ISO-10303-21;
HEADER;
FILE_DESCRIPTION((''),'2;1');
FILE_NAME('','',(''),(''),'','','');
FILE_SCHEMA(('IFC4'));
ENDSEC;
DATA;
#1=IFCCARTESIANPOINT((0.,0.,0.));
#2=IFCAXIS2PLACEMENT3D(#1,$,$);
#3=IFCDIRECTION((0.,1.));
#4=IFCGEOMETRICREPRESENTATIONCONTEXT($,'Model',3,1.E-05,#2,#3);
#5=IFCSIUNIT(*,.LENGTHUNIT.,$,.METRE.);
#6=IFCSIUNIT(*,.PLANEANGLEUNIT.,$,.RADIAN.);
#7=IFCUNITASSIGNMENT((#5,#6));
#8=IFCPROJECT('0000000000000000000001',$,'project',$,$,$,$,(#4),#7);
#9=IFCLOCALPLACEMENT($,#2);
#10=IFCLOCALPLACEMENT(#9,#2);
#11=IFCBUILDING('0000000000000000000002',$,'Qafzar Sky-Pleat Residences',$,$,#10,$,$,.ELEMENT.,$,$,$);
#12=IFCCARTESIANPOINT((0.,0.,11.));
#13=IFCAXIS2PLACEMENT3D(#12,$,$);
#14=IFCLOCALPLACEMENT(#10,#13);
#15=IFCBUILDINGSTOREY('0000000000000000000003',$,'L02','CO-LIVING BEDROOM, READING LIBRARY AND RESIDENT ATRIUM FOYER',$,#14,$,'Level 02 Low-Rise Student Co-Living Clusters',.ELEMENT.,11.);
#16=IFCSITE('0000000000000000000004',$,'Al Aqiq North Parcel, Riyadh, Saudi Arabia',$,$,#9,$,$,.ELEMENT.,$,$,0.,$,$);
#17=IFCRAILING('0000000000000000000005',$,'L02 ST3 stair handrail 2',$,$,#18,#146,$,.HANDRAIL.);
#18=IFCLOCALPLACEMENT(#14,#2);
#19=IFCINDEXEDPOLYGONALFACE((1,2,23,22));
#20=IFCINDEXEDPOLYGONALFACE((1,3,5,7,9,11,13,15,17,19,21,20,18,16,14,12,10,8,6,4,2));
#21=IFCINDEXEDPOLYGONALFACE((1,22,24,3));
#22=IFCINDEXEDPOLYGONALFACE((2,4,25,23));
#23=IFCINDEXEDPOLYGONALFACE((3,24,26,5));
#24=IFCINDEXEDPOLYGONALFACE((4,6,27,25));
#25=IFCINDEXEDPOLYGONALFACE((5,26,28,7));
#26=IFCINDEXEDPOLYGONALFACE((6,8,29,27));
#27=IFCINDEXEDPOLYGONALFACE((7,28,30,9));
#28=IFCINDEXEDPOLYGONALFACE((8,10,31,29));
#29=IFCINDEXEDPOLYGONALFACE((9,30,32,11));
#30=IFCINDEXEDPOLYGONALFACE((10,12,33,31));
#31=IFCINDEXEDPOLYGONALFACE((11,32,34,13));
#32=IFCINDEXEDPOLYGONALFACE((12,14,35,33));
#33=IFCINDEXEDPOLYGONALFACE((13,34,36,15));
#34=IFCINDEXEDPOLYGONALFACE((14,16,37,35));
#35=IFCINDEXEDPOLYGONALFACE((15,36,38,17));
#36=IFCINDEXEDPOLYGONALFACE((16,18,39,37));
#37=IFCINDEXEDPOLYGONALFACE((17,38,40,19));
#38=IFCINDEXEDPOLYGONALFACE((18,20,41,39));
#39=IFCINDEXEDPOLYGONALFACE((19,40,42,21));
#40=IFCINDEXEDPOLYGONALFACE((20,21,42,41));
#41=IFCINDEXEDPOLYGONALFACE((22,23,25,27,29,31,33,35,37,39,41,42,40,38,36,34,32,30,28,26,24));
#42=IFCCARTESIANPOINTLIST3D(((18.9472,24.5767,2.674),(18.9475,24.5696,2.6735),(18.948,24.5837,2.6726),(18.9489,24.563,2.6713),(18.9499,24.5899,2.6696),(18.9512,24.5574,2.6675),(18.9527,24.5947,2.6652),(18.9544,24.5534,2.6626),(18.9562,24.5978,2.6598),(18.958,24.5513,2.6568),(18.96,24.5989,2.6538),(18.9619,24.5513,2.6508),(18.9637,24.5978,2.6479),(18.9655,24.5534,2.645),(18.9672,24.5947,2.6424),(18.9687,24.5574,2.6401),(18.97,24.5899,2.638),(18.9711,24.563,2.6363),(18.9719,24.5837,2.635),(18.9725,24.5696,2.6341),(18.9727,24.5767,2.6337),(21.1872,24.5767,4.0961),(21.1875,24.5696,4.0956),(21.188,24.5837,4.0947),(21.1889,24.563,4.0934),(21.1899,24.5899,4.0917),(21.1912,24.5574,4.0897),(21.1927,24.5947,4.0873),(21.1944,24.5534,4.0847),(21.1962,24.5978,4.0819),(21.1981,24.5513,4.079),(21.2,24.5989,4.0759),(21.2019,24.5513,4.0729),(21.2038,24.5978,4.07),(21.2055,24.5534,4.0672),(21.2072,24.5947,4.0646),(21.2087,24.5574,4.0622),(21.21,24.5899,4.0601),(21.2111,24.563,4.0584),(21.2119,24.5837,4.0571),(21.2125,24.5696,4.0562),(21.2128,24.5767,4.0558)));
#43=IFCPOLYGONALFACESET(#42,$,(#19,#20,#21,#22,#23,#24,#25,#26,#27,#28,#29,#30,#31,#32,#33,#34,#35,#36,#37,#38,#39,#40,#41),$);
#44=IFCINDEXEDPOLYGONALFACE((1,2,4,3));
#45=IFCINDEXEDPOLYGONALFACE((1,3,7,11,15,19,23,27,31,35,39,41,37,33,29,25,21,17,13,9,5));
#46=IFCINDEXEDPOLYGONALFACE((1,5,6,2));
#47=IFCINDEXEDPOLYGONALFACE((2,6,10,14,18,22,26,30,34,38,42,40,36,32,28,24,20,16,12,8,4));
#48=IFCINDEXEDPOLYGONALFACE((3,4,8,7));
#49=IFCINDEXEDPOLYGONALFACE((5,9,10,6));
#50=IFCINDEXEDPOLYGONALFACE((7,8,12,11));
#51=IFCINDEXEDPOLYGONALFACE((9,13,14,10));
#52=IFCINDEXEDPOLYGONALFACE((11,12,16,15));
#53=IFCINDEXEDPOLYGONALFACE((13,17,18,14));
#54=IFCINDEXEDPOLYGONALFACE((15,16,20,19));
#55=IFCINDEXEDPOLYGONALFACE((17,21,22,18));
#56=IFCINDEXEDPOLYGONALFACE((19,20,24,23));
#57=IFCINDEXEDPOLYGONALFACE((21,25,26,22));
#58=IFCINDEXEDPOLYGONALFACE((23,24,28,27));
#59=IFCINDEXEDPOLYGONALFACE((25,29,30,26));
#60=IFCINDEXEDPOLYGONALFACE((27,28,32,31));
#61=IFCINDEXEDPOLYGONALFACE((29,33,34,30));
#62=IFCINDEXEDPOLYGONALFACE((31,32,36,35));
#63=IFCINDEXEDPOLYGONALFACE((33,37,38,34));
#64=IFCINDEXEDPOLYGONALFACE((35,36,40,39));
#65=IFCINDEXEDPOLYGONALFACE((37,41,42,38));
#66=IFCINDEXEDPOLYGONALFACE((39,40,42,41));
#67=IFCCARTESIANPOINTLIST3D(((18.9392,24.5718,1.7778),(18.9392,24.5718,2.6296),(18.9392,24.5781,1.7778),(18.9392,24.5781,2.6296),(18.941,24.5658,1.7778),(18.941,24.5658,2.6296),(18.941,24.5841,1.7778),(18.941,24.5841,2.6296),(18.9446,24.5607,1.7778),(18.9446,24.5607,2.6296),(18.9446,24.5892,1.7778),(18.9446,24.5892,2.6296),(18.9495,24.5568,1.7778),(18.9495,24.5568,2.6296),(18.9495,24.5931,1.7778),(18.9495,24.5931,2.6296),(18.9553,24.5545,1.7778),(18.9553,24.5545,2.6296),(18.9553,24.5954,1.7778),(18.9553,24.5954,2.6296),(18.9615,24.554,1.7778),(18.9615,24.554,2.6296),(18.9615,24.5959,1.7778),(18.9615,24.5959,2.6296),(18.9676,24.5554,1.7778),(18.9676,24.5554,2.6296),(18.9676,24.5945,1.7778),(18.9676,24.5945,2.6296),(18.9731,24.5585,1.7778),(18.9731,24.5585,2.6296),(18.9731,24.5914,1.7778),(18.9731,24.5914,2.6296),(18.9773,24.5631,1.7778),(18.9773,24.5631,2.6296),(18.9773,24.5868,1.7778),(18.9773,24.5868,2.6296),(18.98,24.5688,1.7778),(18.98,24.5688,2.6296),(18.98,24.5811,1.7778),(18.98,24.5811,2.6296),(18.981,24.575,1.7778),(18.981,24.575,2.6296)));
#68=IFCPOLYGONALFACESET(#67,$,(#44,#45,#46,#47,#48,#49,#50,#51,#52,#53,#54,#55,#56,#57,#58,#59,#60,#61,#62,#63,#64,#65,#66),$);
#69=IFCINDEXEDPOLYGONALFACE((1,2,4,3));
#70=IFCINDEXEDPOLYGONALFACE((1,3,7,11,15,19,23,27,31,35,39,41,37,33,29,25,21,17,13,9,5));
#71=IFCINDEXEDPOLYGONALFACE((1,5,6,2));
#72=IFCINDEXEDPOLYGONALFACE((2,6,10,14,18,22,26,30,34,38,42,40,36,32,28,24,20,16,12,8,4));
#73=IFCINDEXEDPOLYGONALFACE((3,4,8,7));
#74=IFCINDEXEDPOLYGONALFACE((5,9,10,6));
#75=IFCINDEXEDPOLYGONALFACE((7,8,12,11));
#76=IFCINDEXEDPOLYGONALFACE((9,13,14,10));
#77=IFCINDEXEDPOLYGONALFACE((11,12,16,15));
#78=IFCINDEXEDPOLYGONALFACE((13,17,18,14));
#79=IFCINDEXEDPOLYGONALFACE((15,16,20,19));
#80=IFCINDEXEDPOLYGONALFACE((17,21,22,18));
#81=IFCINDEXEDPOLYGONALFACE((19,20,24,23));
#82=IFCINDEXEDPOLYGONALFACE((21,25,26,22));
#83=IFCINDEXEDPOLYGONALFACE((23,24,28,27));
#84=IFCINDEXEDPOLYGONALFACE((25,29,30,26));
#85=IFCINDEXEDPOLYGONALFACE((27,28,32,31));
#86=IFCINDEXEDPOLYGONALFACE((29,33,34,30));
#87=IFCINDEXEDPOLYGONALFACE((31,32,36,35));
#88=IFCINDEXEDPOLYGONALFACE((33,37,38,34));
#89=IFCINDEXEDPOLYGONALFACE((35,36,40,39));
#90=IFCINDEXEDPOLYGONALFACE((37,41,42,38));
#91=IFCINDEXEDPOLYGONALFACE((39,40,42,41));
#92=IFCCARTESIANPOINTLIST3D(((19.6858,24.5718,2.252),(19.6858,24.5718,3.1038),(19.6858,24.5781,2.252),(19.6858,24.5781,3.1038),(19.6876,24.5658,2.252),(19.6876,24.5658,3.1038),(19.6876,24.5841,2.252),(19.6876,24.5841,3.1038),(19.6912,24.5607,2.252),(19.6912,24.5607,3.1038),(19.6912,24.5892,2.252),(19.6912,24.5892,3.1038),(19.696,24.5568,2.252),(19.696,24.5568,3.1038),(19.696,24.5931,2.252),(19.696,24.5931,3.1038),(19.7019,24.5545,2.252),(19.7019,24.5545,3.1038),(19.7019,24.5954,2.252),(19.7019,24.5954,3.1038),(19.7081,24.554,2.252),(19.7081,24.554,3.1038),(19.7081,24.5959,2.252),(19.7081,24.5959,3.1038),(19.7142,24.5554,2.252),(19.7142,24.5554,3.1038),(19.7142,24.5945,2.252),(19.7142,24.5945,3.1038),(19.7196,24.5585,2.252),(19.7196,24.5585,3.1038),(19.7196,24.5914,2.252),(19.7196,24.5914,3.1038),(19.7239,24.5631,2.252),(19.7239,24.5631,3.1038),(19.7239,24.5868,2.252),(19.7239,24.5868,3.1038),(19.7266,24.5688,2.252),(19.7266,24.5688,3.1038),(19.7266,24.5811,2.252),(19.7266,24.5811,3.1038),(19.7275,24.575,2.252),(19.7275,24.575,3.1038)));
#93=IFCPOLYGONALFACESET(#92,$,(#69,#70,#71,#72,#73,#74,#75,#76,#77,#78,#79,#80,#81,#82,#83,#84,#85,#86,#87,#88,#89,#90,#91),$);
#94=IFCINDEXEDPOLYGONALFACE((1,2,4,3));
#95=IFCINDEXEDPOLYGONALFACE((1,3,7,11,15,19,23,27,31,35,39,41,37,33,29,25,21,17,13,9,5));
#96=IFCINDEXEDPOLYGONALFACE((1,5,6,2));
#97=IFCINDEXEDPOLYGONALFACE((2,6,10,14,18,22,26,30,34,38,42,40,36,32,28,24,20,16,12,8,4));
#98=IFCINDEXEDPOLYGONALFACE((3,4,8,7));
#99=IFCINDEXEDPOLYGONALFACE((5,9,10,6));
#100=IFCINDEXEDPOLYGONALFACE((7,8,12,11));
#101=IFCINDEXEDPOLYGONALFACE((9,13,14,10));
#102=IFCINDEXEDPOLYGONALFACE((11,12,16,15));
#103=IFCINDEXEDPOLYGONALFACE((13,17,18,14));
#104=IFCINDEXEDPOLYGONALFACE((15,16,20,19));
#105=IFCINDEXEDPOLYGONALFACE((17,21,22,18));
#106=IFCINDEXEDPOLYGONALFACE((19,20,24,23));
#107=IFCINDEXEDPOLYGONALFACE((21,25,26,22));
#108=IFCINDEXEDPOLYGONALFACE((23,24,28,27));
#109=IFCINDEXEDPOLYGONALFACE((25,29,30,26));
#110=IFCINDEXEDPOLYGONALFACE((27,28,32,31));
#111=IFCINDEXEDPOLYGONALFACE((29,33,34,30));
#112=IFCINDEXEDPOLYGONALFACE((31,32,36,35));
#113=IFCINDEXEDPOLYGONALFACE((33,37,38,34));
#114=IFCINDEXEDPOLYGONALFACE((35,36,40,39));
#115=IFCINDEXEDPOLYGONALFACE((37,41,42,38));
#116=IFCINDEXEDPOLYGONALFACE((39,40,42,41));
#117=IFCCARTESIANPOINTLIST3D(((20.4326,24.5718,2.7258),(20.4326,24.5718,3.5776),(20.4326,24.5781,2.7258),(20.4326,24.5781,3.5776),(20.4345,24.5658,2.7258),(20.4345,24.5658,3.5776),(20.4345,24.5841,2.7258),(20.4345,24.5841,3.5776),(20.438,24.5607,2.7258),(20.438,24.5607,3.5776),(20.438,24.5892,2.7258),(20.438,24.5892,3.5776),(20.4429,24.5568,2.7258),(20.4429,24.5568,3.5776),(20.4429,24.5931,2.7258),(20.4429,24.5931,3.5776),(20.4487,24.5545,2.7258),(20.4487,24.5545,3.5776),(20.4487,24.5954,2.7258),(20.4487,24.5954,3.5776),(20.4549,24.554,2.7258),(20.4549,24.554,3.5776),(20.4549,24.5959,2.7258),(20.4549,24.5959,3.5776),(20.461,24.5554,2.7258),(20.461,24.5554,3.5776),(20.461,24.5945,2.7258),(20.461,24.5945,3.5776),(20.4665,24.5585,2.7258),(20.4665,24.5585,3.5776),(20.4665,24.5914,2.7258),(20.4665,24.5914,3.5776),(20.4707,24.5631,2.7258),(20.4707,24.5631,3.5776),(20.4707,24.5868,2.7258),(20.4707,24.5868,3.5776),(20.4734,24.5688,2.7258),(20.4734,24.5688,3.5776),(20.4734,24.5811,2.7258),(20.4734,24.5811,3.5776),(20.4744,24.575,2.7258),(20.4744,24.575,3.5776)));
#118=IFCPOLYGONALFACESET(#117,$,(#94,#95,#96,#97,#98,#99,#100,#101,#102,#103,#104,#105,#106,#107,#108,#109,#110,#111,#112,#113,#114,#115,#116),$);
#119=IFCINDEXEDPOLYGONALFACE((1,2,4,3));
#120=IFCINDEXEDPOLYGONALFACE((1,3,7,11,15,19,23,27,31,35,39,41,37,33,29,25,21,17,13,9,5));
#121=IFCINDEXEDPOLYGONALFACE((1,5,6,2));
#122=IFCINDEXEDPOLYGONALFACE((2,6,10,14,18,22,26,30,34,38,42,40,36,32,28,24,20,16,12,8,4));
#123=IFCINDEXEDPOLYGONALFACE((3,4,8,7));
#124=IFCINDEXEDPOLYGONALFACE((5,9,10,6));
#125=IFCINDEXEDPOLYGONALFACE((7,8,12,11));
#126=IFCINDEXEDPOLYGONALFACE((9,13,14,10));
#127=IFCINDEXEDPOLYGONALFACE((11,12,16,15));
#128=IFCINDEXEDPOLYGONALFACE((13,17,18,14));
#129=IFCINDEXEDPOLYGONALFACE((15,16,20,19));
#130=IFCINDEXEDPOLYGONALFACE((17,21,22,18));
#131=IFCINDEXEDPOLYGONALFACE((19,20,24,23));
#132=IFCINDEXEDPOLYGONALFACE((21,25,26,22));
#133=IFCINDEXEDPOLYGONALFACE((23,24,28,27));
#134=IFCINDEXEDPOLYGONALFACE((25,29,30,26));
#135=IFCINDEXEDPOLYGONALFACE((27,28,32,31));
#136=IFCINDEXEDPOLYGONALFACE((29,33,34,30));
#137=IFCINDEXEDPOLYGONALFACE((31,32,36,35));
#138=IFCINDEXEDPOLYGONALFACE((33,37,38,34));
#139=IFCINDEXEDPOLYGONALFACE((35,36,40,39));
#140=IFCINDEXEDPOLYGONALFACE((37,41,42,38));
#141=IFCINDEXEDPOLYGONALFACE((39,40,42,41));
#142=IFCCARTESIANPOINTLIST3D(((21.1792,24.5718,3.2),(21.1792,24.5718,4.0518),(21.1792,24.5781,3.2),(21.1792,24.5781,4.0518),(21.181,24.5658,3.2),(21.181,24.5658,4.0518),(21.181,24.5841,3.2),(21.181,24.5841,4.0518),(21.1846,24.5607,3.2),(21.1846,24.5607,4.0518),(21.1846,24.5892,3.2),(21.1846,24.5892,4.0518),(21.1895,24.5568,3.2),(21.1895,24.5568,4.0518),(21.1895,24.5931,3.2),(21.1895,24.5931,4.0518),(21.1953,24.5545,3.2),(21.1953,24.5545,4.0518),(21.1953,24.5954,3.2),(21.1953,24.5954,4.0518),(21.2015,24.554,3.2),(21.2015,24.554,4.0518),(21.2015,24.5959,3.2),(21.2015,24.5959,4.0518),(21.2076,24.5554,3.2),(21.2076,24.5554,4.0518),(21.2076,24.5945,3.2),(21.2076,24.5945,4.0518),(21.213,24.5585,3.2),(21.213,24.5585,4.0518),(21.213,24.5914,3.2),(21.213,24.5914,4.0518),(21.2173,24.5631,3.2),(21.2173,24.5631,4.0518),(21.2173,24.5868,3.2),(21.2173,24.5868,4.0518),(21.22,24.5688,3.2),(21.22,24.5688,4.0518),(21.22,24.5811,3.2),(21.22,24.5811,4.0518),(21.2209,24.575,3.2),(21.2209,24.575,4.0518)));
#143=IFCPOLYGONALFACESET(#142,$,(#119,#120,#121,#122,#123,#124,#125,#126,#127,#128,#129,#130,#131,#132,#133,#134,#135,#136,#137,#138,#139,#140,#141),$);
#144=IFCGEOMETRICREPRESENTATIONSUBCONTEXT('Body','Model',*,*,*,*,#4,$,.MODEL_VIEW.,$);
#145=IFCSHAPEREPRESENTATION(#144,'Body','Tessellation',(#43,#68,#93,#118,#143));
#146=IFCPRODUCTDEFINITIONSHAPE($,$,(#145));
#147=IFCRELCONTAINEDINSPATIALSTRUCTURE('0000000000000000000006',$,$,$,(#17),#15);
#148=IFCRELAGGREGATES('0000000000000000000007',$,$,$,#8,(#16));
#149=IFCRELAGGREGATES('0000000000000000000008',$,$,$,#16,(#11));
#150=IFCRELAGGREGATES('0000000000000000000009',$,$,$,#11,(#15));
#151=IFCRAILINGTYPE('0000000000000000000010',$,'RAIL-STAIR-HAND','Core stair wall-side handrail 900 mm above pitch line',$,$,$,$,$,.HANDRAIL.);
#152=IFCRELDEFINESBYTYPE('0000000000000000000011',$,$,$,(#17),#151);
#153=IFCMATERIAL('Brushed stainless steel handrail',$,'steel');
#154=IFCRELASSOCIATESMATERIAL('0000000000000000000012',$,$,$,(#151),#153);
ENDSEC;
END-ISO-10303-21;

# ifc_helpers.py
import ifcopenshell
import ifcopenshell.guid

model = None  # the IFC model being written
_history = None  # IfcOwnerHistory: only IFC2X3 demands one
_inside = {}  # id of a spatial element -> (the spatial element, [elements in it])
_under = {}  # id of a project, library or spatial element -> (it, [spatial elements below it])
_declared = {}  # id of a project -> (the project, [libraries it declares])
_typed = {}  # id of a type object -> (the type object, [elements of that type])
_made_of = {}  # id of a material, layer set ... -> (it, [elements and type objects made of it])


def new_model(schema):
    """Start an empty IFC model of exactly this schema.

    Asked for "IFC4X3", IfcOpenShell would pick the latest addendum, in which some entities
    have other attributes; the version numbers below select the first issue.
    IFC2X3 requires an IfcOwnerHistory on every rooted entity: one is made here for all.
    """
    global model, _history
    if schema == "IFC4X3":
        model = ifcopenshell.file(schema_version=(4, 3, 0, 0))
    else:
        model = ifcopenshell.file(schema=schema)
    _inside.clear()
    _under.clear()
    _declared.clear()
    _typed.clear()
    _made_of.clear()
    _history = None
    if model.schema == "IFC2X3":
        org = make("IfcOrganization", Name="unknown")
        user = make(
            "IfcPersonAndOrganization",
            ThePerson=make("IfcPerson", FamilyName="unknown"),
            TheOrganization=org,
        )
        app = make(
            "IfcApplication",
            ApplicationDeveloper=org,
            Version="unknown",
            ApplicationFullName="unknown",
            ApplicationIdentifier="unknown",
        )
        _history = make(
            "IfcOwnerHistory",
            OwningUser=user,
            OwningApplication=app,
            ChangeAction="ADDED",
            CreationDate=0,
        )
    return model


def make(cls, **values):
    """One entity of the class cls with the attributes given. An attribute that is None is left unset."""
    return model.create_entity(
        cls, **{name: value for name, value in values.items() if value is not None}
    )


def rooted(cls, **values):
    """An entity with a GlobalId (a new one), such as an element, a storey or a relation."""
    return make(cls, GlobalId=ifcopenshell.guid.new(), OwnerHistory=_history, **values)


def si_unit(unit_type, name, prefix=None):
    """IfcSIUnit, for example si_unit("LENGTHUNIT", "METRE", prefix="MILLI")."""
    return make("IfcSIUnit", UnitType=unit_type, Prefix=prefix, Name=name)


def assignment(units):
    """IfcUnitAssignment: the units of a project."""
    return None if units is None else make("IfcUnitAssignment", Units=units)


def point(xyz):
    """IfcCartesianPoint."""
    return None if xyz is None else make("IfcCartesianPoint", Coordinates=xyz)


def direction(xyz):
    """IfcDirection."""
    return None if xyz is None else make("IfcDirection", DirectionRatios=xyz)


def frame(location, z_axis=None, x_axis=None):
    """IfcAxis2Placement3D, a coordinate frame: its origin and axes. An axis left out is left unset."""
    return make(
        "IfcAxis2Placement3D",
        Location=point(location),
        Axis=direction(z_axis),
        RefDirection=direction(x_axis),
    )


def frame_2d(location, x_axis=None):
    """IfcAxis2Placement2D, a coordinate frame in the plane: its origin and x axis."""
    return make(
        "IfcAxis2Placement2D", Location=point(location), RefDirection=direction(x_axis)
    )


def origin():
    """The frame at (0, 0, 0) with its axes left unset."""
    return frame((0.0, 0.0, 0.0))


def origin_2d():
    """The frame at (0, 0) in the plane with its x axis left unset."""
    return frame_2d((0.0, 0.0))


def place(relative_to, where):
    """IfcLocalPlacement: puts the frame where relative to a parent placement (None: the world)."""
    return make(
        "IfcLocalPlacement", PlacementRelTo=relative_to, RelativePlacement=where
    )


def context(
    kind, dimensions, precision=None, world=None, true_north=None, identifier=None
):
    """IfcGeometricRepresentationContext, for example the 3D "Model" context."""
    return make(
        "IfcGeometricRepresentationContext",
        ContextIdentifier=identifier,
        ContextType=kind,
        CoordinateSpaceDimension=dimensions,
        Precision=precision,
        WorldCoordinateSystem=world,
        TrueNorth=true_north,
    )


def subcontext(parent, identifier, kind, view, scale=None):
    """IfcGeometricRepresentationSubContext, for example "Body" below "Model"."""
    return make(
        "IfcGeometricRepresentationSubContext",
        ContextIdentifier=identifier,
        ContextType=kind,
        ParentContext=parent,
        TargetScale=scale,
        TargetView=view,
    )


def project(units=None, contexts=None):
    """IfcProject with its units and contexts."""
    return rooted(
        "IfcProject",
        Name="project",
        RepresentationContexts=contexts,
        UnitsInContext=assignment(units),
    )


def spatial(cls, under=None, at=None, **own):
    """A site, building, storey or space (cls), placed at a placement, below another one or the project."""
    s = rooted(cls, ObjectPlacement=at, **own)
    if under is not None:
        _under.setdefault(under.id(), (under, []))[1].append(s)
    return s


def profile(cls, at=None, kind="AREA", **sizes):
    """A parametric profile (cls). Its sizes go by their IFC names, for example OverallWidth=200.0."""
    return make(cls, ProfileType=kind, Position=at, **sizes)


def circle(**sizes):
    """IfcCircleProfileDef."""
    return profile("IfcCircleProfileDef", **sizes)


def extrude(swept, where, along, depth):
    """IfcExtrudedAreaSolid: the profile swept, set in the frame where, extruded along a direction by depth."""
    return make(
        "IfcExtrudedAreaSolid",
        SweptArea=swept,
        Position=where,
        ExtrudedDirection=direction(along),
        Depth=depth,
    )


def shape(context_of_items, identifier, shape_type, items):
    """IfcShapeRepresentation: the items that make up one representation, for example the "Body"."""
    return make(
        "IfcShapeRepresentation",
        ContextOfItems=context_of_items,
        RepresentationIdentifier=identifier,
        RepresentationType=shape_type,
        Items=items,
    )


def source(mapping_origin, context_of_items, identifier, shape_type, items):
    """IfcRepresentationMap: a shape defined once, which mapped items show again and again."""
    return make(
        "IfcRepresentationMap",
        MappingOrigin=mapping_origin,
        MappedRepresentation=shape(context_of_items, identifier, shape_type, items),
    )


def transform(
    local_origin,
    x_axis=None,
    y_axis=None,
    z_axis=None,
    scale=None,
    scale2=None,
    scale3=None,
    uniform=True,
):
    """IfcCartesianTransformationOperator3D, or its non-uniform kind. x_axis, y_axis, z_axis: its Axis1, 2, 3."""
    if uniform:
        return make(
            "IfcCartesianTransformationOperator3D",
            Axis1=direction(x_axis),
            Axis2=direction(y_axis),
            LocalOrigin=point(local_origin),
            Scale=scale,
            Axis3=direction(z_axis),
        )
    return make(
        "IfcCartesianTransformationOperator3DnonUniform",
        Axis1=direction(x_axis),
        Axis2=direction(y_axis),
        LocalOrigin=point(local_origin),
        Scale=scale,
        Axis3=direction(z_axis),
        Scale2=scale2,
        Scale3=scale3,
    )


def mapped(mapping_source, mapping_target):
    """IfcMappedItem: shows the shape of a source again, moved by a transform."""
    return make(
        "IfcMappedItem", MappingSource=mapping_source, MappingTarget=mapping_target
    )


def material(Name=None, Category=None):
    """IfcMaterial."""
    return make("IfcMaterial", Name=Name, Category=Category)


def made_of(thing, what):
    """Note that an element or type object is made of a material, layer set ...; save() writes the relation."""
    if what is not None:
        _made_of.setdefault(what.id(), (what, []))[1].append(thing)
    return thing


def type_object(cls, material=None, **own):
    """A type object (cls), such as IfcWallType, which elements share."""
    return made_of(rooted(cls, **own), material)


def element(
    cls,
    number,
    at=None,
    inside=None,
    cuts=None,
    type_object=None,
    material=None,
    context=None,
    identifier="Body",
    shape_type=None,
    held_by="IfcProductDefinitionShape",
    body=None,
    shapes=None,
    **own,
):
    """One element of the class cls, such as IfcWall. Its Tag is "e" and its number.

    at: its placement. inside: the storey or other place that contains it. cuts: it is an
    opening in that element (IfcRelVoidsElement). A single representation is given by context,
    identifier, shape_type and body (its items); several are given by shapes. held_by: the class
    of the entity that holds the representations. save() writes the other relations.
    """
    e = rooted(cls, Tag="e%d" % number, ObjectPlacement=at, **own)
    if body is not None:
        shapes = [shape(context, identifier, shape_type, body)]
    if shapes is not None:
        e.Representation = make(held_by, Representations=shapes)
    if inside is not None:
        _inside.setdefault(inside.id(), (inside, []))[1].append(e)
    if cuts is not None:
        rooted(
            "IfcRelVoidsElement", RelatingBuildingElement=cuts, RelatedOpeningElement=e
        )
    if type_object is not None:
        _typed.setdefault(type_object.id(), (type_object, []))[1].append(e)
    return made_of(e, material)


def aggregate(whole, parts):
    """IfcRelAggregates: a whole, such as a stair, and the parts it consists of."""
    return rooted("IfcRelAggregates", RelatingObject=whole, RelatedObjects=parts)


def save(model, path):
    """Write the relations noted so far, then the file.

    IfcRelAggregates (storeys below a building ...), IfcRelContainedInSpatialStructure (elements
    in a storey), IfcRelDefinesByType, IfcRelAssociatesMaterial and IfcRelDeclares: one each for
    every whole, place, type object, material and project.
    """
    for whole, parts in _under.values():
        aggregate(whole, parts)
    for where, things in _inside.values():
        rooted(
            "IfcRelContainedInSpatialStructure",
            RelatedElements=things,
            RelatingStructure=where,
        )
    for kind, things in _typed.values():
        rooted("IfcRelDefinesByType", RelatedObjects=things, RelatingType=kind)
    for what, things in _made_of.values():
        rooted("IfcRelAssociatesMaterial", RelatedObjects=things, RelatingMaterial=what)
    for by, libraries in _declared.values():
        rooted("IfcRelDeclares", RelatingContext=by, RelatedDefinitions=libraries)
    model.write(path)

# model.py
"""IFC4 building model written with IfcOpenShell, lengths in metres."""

from ifc_helpers import new_model, si_unit, direction, frame, origin, origin_2d, place, context, subcontext, project, spatial, circle, extrude, source, transform, mapped, material, type_object, element, save


model = new_model("IFC4")

# Units and contexts
model_context = context("Model", 3, precision=1e-05, world=origin(), true_north=direction((0.0, 1.0)))
body_context = subcontext(model_context, "Body", "Model", "MODEL_VIEW")
ifc_project = project(units=[si_unit("LENGTHUNIT", "METRE"), si_unit("PLANEANGLEUNIT", "RADIAN")], contexts=[model_context])

# Site, building, storey
site_placement = place(None, origin())
site = spatial("IfcSite", under=ifc_project, at=site_placement, Name="Al Aqiq North Parcel, Riyadh, Saudi Arabia", CompositionType="ELEMENT", RefElevation=0.0)
building_placement = place(site_placement, origin())
building = spatial("IfcBuilding", under=site, at=building_placement, Name="Qafzar Sky-Pleat Residences", CompositionType="ELEMENT")
storey_placement = place(building_placement, frame((0.0, 0.0, 11.0)))
storey = spatial("IfcBuildingStorey", under=building, at=storey_placement, Name="L02", Description="CO-LIVING BEDROOM, READING LIBRARY AND RESIDENT ATRIUM FOYER", LongName="Level 02 Low-Rise Student Co-Living Clusters", CompositionType="ELEMENT", Elevation=11.0)

# Railing
ifc_material_1 = material(Name="Brushed stainless steel handrail", Category="steel")
railing_type = type_object("IfcRailingType", Name="RAIL-STAIR-HAND", Description="Core stair wall-side handrail 900 mm above pitch line", PredefinedType="HANDRAIL", material=ifc_material_1)
shared_shape_1 = source(origin(), body_context, "Body", "SweptSolid", [
    extrude(circle(Radius=0.0239, at=origin_2d()), frame((0.0, 0.0, 0.876), z_axis=(0.844229, 0.0, 0.535982), x_axis=(0.0, 1.0, 0.0)), (0.0, 0.0, 1.0), 2.6533),
    extrude(circle(Radius=0.021, at=origin_2d()), origin(), (0.0, 0.0, 1.0), 0.8518),
    extrude(circle(Radius=0.021, at=origin_2d()), frame((0.7466, 0.0, 0.4741)), (0.0, 0.0, 1.0), 0.8518),
    extrude(circle(Radius=0.021, at=origin_2d()), frame((1.4934, 0.0, 0.948)), (0.0, 0.0, 1.0), 0.8518),
    extrude(circle(Radius=0.021, at=origin_2d()), frame((2.24, 0.0, 1.4221)), (0.0, 0.0, 1.0), 0.8518),
])
railing_placement = place(storey_placement, frame((18.96, 24.575, 1.7778)))
element("IfcRailing", 1, at=railing_placement, inside=storey, type_object=railing_type, Name="L02 ST3 stair handrail 2", PredefinedType="HANDRAIL", context=body_context, shape_type="MappedRepresentation", body=[
    mapped(shared_shape_1, transform((0.0, 0.0, 0.0), x_axis=(1.0, 0.0, 0.0), y_axis=(0.0, 1.0, 0.0), z_axis=(0.0, 0.0, 1.0), scale=1.0)),
])

save(model, "model.ifc")
